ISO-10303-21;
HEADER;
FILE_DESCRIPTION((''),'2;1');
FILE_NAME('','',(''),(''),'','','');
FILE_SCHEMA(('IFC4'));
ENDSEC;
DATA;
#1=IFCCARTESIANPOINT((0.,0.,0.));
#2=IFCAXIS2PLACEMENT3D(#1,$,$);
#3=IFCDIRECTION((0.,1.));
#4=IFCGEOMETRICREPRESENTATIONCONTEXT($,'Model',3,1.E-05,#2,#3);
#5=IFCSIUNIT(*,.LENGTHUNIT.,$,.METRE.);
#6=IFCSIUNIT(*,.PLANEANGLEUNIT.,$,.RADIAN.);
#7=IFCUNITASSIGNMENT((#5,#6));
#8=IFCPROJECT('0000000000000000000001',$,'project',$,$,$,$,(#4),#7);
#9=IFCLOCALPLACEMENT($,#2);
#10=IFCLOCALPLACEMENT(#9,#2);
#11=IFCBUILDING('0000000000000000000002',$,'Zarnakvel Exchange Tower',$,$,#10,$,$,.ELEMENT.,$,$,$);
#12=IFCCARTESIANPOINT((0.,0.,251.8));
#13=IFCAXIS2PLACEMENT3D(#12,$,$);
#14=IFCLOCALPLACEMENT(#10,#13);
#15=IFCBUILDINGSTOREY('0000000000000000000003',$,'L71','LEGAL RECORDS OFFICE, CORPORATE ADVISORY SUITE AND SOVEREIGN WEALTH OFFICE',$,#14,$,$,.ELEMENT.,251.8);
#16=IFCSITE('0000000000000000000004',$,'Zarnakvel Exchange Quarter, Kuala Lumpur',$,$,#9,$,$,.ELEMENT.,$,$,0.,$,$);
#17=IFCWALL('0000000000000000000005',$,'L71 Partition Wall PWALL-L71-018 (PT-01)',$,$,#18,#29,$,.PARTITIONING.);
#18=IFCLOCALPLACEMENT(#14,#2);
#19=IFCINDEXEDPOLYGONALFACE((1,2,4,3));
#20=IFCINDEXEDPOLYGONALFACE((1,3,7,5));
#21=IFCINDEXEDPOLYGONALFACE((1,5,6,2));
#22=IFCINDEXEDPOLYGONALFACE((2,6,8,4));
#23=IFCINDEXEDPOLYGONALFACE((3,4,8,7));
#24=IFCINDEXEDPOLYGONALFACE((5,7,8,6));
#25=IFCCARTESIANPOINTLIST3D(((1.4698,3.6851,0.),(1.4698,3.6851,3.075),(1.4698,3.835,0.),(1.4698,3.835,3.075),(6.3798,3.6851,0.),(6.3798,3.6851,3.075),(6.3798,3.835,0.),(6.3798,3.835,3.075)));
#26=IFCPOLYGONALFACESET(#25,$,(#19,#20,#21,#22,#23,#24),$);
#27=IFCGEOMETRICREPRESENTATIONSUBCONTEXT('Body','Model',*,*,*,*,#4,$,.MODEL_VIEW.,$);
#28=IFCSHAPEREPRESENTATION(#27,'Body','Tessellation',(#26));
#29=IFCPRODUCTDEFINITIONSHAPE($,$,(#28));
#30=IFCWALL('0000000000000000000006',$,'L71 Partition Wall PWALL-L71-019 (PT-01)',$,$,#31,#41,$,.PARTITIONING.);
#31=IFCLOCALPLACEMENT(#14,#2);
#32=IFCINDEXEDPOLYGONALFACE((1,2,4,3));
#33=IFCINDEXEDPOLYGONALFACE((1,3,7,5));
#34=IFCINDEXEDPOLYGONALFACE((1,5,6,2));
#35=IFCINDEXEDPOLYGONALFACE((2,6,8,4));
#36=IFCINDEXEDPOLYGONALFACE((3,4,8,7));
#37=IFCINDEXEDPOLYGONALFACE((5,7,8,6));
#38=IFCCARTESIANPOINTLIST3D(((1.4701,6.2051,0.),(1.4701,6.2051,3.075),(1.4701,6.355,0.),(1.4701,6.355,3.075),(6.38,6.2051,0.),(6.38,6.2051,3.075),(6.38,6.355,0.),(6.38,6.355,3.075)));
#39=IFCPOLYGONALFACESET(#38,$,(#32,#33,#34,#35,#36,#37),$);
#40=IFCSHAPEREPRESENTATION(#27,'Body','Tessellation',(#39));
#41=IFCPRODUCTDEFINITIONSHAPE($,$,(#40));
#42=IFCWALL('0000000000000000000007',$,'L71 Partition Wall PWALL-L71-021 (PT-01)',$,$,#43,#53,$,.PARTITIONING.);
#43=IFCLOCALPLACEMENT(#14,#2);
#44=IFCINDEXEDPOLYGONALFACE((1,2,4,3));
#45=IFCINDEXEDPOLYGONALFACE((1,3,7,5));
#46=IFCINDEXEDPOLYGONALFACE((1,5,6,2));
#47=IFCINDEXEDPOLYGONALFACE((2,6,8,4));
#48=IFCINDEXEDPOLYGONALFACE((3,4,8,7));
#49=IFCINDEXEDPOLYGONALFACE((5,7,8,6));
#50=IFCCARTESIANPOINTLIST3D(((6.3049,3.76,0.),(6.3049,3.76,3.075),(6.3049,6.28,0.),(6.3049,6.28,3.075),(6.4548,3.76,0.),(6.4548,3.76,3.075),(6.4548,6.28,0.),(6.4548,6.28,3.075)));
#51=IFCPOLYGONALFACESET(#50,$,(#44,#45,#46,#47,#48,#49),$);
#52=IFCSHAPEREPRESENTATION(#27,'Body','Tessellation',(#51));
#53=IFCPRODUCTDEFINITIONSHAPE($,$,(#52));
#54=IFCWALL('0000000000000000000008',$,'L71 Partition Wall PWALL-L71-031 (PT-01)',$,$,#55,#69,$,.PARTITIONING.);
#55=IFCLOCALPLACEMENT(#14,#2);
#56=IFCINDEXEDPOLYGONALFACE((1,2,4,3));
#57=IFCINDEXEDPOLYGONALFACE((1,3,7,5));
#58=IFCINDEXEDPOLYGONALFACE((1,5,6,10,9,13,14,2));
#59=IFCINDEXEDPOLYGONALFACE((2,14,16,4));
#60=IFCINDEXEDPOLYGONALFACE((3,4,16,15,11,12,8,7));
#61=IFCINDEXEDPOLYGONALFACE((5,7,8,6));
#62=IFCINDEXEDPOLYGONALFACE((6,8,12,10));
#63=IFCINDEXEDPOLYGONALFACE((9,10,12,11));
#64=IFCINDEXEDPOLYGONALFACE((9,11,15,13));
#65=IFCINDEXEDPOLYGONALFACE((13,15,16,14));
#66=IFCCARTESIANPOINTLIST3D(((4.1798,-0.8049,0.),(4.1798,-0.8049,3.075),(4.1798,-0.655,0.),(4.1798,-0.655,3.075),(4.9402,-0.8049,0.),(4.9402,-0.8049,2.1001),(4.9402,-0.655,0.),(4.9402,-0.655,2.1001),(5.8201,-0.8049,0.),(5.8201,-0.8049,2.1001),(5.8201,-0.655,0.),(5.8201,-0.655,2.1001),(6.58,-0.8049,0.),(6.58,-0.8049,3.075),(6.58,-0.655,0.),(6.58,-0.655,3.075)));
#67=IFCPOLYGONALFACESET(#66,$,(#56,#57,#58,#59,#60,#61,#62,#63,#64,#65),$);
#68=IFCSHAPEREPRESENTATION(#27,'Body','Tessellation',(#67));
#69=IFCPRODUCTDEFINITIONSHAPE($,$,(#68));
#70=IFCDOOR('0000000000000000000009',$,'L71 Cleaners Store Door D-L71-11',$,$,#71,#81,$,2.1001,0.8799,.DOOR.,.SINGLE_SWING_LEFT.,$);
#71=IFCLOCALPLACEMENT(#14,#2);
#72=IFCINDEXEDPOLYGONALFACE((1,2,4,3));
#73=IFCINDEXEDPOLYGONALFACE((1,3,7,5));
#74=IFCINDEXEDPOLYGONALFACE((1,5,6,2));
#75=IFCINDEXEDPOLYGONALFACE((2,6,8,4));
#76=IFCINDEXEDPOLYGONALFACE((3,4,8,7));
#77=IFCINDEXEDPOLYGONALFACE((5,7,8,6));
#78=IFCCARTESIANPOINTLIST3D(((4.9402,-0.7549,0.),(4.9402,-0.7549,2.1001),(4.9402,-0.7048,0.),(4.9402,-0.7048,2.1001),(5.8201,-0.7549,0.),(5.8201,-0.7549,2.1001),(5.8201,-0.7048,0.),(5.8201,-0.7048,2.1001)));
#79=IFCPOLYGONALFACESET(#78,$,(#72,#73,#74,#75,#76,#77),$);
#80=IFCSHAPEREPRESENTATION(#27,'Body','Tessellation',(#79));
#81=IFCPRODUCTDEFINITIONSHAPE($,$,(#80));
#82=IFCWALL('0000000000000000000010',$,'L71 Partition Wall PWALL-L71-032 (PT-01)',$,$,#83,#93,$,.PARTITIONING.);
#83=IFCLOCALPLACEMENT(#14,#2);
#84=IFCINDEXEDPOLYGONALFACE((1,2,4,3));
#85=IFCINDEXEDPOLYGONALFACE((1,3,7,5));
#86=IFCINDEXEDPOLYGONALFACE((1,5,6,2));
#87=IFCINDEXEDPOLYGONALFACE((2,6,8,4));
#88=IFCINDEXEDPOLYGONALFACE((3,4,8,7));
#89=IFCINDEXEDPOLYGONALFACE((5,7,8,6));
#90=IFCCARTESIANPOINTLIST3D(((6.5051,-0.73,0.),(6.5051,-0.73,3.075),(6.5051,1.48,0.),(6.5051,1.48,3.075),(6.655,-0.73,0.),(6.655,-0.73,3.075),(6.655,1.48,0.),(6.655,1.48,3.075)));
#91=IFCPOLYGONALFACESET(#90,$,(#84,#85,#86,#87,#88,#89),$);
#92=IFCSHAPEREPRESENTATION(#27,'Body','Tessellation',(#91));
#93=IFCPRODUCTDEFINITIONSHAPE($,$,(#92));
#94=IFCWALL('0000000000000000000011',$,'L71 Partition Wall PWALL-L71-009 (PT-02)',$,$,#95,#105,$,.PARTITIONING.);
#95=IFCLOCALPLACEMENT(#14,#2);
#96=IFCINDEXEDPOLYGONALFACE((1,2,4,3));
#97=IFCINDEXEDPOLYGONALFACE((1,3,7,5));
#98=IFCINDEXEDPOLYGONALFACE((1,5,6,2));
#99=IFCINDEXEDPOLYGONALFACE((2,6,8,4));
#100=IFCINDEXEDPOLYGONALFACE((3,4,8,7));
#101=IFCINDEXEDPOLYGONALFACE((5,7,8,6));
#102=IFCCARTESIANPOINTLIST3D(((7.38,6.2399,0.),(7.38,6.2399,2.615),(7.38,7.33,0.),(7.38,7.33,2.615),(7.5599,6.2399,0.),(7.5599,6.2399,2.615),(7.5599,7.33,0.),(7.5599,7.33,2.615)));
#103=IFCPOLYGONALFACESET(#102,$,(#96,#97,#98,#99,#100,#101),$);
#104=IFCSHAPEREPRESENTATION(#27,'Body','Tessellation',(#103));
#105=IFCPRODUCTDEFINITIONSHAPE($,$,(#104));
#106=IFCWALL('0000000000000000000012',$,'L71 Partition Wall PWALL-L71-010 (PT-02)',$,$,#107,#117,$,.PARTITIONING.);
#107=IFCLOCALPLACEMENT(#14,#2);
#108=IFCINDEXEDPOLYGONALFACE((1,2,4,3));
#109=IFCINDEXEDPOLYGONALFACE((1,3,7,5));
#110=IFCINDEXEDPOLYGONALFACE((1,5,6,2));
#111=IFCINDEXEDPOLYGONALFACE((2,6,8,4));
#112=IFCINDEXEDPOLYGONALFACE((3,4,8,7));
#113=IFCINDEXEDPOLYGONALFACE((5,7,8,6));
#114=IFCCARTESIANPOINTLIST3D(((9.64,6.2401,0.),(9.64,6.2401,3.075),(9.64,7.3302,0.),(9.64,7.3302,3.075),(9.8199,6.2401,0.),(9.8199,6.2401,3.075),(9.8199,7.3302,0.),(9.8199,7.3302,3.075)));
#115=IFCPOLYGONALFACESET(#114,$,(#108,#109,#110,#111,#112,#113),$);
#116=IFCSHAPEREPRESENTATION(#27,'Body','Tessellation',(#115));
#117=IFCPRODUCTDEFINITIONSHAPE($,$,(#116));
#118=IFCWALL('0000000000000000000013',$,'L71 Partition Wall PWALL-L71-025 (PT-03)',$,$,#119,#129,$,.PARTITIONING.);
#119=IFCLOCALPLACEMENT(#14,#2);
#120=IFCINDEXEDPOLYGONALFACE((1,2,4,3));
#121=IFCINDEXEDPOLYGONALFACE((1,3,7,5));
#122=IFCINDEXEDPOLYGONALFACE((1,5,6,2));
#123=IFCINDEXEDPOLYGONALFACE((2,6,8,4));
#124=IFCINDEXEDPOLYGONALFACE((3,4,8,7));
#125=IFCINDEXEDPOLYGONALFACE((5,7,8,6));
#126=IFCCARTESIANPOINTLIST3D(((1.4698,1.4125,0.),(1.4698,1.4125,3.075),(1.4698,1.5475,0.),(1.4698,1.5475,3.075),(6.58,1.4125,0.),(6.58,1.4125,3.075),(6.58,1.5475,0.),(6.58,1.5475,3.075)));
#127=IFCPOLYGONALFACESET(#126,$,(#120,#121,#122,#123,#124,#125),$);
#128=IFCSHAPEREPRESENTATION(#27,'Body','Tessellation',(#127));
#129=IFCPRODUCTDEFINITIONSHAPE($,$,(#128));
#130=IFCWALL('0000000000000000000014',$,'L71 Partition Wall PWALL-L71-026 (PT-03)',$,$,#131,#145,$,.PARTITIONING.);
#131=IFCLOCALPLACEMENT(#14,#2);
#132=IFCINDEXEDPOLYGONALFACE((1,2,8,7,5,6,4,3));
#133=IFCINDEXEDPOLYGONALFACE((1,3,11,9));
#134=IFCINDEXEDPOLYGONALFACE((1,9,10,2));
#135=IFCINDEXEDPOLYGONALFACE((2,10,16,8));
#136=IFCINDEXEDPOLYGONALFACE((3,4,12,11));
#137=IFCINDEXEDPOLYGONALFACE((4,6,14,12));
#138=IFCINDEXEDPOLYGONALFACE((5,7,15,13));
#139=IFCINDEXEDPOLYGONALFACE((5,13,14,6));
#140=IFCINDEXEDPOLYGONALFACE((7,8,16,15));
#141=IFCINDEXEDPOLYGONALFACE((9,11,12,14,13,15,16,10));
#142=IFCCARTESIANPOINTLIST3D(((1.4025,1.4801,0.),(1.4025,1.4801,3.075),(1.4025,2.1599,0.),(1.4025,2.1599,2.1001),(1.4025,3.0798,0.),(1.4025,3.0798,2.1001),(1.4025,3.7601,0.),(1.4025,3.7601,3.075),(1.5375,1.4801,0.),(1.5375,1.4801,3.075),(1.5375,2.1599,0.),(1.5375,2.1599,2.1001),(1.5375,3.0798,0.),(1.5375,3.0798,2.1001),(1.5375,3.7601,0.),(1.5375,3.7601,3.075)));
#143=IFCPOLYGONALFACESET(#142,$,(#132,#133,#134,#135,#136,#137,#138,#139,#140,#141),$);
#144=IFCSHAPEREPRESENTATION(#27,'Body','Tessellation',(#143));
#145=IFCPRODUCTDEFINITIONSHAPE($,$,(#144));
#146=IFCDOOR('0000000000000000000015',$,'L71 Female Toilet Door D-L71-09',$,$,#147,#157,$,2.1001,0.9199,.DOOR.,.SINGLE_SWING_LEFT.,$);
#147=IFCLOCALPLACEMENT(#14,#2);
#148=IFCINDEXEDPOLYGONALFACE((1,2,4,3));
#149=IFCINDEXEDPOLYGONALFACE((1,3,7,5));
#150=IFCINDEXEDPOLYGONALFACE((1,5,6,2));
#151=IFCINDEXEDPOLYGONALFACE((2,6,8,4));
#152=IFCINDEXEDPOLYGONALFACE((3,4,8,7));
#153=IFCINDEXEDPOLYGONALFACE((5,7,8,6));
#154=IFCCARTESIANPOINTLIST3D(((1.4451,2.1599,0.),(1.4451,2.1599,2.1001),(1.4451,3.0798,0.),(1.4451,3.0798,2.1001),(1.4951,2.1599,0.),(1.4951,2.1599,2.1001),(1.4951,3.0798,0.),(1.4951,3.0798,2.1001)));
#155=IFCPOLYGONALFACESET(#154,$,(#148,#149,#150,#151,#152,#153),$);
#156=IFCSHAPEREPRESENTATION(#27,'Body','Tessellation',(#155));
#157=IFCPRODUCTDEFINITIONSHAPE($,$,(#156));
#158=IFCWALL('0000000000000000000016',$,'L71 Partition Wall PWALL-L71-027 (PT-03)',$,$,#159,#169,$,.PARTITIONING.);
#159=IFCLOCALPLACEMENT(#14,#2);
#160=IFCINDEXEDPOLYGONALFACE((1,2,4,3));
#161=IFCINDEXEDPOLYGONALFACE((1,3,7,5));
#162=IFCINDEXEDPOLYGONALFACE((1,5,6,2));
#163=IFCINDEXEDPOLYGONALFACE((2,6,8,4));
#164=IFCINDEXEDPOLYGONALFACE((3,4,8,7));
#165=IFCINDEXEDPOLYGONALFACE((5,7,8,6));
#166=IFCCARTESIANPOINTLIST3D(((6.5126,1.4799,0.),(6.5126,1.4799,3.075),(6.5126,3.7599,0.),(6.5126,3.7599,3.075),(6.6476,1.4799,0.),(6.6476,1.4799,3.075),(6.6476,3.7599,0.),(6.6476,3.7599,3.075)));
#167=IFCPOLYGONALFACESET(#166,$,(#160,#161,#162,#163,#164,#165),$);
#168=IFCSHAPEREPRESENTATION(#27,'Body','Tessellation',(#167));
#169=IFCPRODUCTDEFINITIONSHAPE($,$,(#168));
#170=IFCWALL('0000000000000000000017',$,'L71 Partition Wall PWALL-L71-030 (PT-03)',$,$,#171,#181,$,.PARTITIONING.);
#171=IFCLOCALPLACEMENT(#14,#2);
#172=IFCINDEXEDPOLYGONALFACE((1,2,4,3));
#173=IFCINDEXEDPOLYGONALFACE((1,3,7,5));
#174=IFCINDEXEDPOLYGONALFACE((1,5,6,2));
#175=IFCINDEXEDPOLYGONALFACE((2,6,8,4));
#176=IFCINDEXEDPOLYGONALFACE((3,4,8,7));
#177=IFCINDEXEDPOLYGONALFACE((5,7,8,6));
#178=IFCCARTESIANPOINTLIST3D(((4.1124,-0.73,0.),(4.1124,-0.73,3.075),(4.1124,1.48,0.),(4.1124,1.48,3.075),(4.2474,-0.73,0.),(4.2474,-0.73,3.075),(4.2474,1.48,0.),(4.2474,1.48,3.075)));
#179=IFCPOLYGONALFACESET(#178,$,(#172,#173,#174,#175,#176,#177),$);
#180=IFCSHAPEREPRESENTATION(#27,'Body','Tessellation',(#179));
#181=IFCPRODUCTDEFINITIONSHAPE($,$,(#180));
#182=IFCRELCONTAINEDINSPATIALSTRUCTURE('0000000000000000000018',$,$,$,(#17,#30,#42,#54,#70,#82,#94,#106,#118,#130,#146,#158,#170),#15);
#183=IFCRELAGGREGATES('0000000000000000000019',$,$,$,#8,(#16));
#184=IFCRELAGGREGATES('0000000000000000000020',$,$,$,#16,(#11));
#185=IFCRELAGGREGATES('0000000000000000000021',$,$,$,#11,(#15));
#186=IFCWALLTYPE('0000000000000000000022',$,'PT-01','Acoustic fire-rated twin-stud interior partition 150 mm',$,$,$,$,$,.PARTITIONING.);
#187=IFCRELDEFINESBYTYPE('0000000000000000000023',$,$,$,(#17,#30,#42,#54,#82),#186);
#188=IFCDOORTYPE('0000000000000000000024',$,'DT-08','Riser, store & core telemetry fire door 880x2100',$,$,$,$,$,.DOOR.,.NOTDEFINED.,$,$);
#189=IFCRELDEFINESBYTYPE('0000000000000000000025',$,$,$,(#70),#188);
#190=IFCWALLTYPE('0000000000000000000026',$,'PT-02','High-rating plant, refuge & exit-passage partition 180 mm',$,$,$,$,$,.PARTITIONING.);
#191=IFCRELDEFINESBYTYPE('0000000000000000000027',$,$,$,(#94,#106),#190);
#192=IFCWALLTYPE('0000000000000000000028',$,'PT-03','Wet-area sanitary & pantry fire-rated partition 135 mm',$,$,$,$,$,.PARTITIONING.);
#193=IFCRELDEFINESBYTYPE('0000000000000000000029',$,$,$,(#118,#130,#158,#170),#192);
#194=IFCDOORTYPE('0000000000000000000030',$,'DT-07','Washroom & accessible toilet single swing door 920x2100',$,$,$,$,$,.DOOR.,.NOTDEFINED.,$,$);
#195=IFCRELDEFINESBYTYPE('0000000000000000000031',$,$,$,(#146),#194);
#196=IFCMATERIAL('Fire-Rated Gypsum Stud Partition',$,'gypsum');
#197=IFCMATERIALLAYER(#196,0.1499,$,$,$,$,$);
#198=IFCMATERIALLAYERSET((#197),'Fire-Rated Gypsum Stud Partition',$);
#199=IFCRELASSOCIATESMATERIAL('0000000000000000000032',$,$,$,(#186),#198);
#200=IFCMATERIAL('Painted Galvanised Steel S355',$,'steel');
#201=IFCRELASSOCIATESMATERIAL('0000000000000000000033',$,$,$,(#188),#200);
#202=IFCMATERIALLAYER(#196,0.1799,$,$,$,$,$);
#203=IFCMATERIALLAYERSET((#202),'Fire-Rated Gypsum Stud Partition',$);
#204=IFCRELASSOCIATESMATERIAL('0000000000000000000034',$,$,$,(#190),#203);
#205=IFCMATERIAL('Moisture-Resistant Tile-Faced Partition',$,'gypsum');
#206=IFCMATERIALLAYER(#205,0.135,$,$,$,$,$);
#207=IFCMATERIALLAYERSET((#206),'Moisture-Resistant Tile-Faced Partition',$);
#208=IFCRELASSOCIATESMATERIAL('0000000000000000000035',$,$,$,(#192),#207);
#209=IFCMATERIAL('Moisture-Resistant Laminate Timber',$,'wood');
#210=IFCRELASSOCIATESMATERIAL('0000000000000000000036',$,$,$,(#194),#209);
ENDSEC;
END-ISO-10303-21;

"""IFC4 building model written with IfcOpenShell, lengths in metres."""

from ifc_helpers import new_model, si_unit, direction, frame, frame_2d, origin, place, context, subcontext, project, spatial, rectangle, extrude, source, transform, mapped, material, layer, layer_set, type_object, element, fill, save


model = new_model("IFC4")

# Units and contexts
model_context = context("Model", 3, precision=1e-05, world=origin(), true_north=direction((0.0, 1.0)))
body_context = subcontext(model_context, "Body", "Model", "MODEL_VIEW")
ifc_project = project(units=[si_unit("LENGTHUNIT", "METRE"), si_unit("PLANEANGLEUNIT", "RADIAN")], contexts=[model_context])

# Site, building, storey
site_placement = place(None, origin())
site = spatial("IfcSite", under=ifc_project, at=site_placement, Name="Zarnakvel Exchange Quarter, Kuala Lumpur", CompositionType="ELEMENT", RefElevation=0.0)
building_placement = place(site_placement, origin())
building = spatial("IfcBuilding", under=site, at=building_placement, Name="Zarnakvel Exchange Tower", CompositionType="ELEMENT")
storey_placement = place(building_placement, frame((0.0, 0.0, 251.8)))
storey = spatial("IfcBuildingStorey", under=building, at=storey_placement, Name="L71", Description="LEGAL RECORDS OFFICE, CORPORATE ADVISORY SUITE AND SOVEREIGN WEALTH OFFICE", CompositionType="ELEMENT", Elevation=251.8)

# Walls
ifc_material_1 = material(Name="Fire-Rated Gypsum Stud Partition", Category="gypsum")
ifc_layer_1 = layer(ifc_material_1, 0.1499)
ifc_layer_set_1 = layer_set([ifc_layer_1], Name="Fire-Rated Gypsum Stud Partition")
wall_type_1 = type_object("IfcWallType", Name="PT-01", Description="Acoustic fire-rated twin-stud interior partition 150 mm", PredefinedType="PARTITIONING", material=ifc_layer_set_1)
for number, where, z_axis, x_axis, name in (
    (1, (6.3799, 3.76, 0.0), (0.0, 0.0, 1.0), (-1.0, 0.0, 0.0), "L71 Partition Wall PWALL-L71-018 (PT-01)"),
    (2, (1.47, 6.28, 0.0), (0.0, 0.0, 1.0), (1.0, 0.0, 0.0), "L71 Partition Wall PWALL-L71-019 (PT-01)"),
):
    element("IfcWall", number, at=place(storey_placement, frame(where, z_axis=z_axis, x_axis=x_axis)), inside=storey, type_object=wall_type_1, Name=name, PredefinedType="PARTITIONING", context=body_context, shape_type="SweptSolid", body=[
        extrude(rectangle(XDim=4.9099, YDim=0.1499, at=frame_2d((2.4551, 0.0))), origin(), (0.0, 0.0, 1.0), 3.075),
    ])

# Wall
wall_1_placement = place(storey_placement, frame((6.3799, 6.28, 0.0), z_axis=(0.0, 0.0, 1.0), x_axis=(0.0, -1.0, 0.0)))
element("IfcWall", 3, at=wall_1_placement, inside=storey, type_object=wall_type_1, Name="L71 Partition Wall PWALL-L71-021 (PT-01)", PredefinedType="PARTITIONING", context=body_context, shape_type="SweptSolid", body=[
    extrude(rectangle(XDim=2.52, YDim=0.1499, at=frame_2d((1.26, 0.0))), origin(), (0.0, 0.0, 1.0), 3.075),
])

# Wall, opening, door
wall_2_placement = place(storey_placement, frame((6.5801, -0.73, 0.0), z_axis=(0.0, 0.0, 1.0), x_axis=(-1.0, 0.0, 0.0)))
wall_2 = element("IfcWall", 4, at=wall_2_placement, inside=storey, type_object=wall_type_1, Name="L71 Partition Wall PWALL-L71-031 (PT-01)", PredefinedType="PARTITIONING", context=body_context, shape_type="SweptSolid", body=[
    extrude(rectangle(XDim=2.4001, YDim=0.1499, at=frame_2d((1.2002, 0.0))), origin(), (0.0, 0.0, 1.0), 3.075),
])
opening_1_placement = place(wall_2_placement, frame((0.76, 0.0, 0.0)))
opening_1 = element("IfcOpeningElement", 5, at=opening_1_placement, cuts=wall_2, PredefinedType="OPENING", context=body_context, shape_type="SweptSolid", body=[
    extrude(rectangle(XDim=0.8799, YDim=2.1001, at=frame_2d((0.4399, 1.05))), frame((0.0, 0.085, 0.0), z_axis=(0.0, -1.0, 0.0), x_axis=(1.0, 0.0, 0.0)), (0.0, 0.0, 1.0), 0.1699),
])
ifc_material_2 = material(Name="Painted Galvanised Steel S355", Category="steel")
door_type_1 = type_object("IfcDoorType", Name="DT-08", Description="Riser, store & core telemetry fire door 880x2100", OperationType="NOTDEFINED", PredefinedType="DOOR", material=ifc_material_2)
shared_shape_1 = source(origin(), body_context, "Body", "SweptSolid", [
    extrude(rectangle(XDim=0.8799, YDim=2.1001, at=frame_2d((0.4399, 1.05))), frame((0.0, 0.0249, 0.0), z_axis=(0.0, -1.0, 0.0), x_axis=(1.0, 0.0, 0.0)), (0.0, 0.0, 1.0), 0.05),
])
door_1_placement = place(opening_1_placement, origin())
door_1 = element("IfcDoor", 6, at=door_1_placement, inside=storey, type_object=door_type_1, Name="L71 Cleaners Store Door D-L71-11", OperationType="SINGLE_SWING_LEFT", OverallHeight=2.1001, OverallWidth=0.8799, PredefinedType="DOOR", context=body_context, shape_type="MappedRepresentation", body=[
    mapped(shared_shape_1, transform((0.0, 0.0, 0.0), x_axis=(1.0, 0.0, 0.0), y_axis=(0.0, 1.0, 0.0), z_axis=(0.0, 0.0, 1.0), scale=1.0)),
])
fill(opening_1, door_1)

# Walls
wall_3_placement = place(storey_placement, frame((6.5801, 1.48, 0.0), z_axis=(0.0, 0.0, 1.0), x_axis=(0.0, -1.0, 0.0)))
element("IfcWall", 7, at=wall_3_placement, inside=storey, type_object=wall_type_1, Name="L71 Partition Wall PWALL-L71-032 (PT-01)", PredefinedType="PARTITIONING", context=body_context, shape_type="SweptSolid", body=[
    extrude(rectangle(XDim=2.21, YDim=0.1499, at=frame_2d((1.105, 0.0))), origin(), (0.0, 0.0, 1.0), 3.075),
])
ifc_layer_2 = layer(ifc_material_1, 0.1799)
ifc_layer_set_2 = layer_set([ifc_layer_2], Name="Fire-Rated Gypsum Stud Partition")
wall_type_2 = type_object("IfcWallType", Name="PT-02", Description="High-rating plant, refuge & exit-passage partition 180 mm", PredefinedType="PARTITIONING", material=ifc_layer_set_2)
wall_4_placement = place(storey_placement, frame((7.47, 6.24, 0.0), z_axis=(0.0, 0.0, 1.0), x_axis=(0.0, 1.0, 0.0)))
element("IfcWall", 8, at=wall_4_placement, inside=storey, type_object=wall_type_2, Name="L71 Partition Wall PWALL-L71-009 (PT-02)", PredefinedType="PARTITIONING", context=body_context, shape_type="SweptSolid", body=[
    extrude(rectangle(XDim=1.0901, YDim=0.1799, at=frame_2d((0.5449, 0.0))), origin(), (0.0, 0.0, 1.0), 2.615),
])
wall_5_placement = place(storey_placement, frame((9.73, 7.3301, 0.0), z_axis=(0.0, 0.0, 1.0), x_axis=(0.0, -1.0, 0.0)))
element("IfcWall", 9, at=wall_5_placement, inside=storey, type_object=wall_type_2, Name="L71 Partition Wall PWALL-L71-010 (PT-02)", PredefinedType="PARTITIONING", context=body_context, shape_type="SweptSolid", body=[
    extrude(rectangle(XDim=1.0901, YDim=0.1799, at=frame_2d((0.5449, 0.0))), origin(), (0.0, 0.0, 1.0), 3.075),
])
ifc_material_3 = material(Name="Moisture-Resistant Tile-Faced Partition", Category="gypsum")
ifc_layer_3 = layer(ifc_material_3, 0.135)
ifc_layer_set_3 = layer_set([ifc_layer_3], Name="Moisture-Resistant Tile-Faced Partition")
wall_type_3 = type_object("IfcWallType", Name="PT-03", Description="Wet-area sanitary & pantry fire-rated partition 135 mm", PredefinedType="PARTITIONING", material=ifc_layer_set_3)
wall_6_placement = place(storey_placement, frame((6.5801, 1.48, 0.0), z_axis=(0.0, 0.0, 1.0), x_axis=(-1.0, 0.0, 0.0)))
element("IfcWall", 10, at=wall_6_placement, inside=storey, type_object=wall_type_3, Name="L71 Partition Wall PWALL-L71-025 (PT-03)", PredefinedType="PARTITIONING", context=body_context, shape_type="SweptSolid", body=[
    extrude(rectangle(XDim=5.1101, YDim=0.135, at=frame_2d((2.5552, 0.0))), origin(), (0.0, 0.0, 1.0), 3.075),
])

# Wall, opening, door
wall_7_placement = place(storey_placement, frame((1.47, 1.48, 0.0), z_axis=(0.0, 0.0, 1.0), x_axis=(0.0, 1.0, 0.0)))
wall_7 = element("IfcWall", 11, at=wall_7_placement, inside=storey, type_object=wall_type_3, Name="L71 Partition Wall PWALL-L71-026 (PT-03)", PredefinedType="PARTITIONING", context=body_context, shape_type="SweptSolid", body=[
    extrude(rectangle(XDim=2.28, YDim=0.135, at=frame_2d((1.1401, 0.0))), origin(), (0.0, 0.0, 1.0), 3.075),
])
opening_2_placement = place(wall_7_placement, frame((0.6799, 0.0, 0.0)))
opening_2 = element("IfcOpeningElement", 12, at=opening_2_placement, cuts=wall_7, PredefinedType="OPENING", context=body_context, shape_type="SweptSolid", body=[
    extrude(rectangle(XDim=0.9199, YDim=2.1001, at=frame_2d((0.46, 1.05))), frame((0.0, 0.0774, 0.0), z_axis=(0.0, -1.0, 0.0), x_axis=(1.0, 0.0, 0.0)), (0.0, 0.0, 1.0), 0.155),
])
ifc_material_4 = material(Name="Moisture-Resistant Laminate Timber", Category="wood")
door_type_2 = type_object("IfcDoorType", Name="DT-07", Description="Washroom & accessible toilet single swing door 920x2100", OperationType="NOTDEFINED", PredefinedType="DOOR", material=ifc_material_4)
shared_shape_2 = source(origin(), body_context, "Body", "SweptSolid", [
    extrude(rectangle(XDim=0.9199, YDim=2.1001, at=frame_2d((0.46, 1.05))), frame((0.0, 0.0249, 0.0), z_axis=(0.0, -1.0, 0.0), x_axis=(1.0, 0.0, 0.0)), (0.0, 0.0, 1.0), 0.05),
])
door_2_placement = place(opening_2_placement, origin())
door_2 = element("IfcDoor", 13, at=door_2_placement, inside=storey, type_object=door_type_2, Name="L71 Female Toilet Door D-L71-09", OperationType="SINGLE_SWING_LEFT", OverallHeight=2.1001, OverallWidth=0.9199, PredefinedType="DOOR", context=body_context, shape_type="MappedRepresentation", body=[
    mapped(shared_shape_2, transform((0.0, 0.0, 0.0), x_axis=(1.0, 0.0, 0.0), y_axis=(0.0, 1.0, 0.0), z_axis=(0.0, 0.0, 1.0), scale=1.0)),
])
fill(opening_2, door_2)

# Walls
wall_8_placement = place(storey_placement, frame((6.5801, 3.76, 0.0), z_axis=(0.0, 0.0, 1.0), x_axis=(0.0, -1.0, 0.0)))
element("IfcWall", 14, at=wall_8_placement, inside=storey, type_object=wall_type_3, Name="L71 Partition Wall PWALL-L71-027 (PT-03)", PredefinedType="PARTITIONING", context=body_context, shape_type="SweptSolid", body=[
    extrude(rectangle(XDim=2.28, YDim=0.135, at=frame_2d((1.1401, 0.0))), origin(), (0.0, 0.0, 1.0), 3.075),
])
wall_9_placement = place(storey_placement, frame((4.1799, 1.48, 0.0), z_axis=(0.0, 0.0, 1.0), x_axis=(0.0, -1.0, 0.0)))
element("IfcWall", 15, at=wall_9_placement, inside=storey, type_object=wall_type_3, Name="L71 Partition Wall PWALL-L71-030 (PT-03)", PredefinedType="PARTITIONING", context=body_context, shape_type="SweptSolid", body=[
    extrude(rectangle(XDim=2.21, YDim=0.135, at=frame_2d((1.105, 0.0))), origin(), (0.0, 0.0, 1.0), 3.075),
])

save(model, "model.ifc")
